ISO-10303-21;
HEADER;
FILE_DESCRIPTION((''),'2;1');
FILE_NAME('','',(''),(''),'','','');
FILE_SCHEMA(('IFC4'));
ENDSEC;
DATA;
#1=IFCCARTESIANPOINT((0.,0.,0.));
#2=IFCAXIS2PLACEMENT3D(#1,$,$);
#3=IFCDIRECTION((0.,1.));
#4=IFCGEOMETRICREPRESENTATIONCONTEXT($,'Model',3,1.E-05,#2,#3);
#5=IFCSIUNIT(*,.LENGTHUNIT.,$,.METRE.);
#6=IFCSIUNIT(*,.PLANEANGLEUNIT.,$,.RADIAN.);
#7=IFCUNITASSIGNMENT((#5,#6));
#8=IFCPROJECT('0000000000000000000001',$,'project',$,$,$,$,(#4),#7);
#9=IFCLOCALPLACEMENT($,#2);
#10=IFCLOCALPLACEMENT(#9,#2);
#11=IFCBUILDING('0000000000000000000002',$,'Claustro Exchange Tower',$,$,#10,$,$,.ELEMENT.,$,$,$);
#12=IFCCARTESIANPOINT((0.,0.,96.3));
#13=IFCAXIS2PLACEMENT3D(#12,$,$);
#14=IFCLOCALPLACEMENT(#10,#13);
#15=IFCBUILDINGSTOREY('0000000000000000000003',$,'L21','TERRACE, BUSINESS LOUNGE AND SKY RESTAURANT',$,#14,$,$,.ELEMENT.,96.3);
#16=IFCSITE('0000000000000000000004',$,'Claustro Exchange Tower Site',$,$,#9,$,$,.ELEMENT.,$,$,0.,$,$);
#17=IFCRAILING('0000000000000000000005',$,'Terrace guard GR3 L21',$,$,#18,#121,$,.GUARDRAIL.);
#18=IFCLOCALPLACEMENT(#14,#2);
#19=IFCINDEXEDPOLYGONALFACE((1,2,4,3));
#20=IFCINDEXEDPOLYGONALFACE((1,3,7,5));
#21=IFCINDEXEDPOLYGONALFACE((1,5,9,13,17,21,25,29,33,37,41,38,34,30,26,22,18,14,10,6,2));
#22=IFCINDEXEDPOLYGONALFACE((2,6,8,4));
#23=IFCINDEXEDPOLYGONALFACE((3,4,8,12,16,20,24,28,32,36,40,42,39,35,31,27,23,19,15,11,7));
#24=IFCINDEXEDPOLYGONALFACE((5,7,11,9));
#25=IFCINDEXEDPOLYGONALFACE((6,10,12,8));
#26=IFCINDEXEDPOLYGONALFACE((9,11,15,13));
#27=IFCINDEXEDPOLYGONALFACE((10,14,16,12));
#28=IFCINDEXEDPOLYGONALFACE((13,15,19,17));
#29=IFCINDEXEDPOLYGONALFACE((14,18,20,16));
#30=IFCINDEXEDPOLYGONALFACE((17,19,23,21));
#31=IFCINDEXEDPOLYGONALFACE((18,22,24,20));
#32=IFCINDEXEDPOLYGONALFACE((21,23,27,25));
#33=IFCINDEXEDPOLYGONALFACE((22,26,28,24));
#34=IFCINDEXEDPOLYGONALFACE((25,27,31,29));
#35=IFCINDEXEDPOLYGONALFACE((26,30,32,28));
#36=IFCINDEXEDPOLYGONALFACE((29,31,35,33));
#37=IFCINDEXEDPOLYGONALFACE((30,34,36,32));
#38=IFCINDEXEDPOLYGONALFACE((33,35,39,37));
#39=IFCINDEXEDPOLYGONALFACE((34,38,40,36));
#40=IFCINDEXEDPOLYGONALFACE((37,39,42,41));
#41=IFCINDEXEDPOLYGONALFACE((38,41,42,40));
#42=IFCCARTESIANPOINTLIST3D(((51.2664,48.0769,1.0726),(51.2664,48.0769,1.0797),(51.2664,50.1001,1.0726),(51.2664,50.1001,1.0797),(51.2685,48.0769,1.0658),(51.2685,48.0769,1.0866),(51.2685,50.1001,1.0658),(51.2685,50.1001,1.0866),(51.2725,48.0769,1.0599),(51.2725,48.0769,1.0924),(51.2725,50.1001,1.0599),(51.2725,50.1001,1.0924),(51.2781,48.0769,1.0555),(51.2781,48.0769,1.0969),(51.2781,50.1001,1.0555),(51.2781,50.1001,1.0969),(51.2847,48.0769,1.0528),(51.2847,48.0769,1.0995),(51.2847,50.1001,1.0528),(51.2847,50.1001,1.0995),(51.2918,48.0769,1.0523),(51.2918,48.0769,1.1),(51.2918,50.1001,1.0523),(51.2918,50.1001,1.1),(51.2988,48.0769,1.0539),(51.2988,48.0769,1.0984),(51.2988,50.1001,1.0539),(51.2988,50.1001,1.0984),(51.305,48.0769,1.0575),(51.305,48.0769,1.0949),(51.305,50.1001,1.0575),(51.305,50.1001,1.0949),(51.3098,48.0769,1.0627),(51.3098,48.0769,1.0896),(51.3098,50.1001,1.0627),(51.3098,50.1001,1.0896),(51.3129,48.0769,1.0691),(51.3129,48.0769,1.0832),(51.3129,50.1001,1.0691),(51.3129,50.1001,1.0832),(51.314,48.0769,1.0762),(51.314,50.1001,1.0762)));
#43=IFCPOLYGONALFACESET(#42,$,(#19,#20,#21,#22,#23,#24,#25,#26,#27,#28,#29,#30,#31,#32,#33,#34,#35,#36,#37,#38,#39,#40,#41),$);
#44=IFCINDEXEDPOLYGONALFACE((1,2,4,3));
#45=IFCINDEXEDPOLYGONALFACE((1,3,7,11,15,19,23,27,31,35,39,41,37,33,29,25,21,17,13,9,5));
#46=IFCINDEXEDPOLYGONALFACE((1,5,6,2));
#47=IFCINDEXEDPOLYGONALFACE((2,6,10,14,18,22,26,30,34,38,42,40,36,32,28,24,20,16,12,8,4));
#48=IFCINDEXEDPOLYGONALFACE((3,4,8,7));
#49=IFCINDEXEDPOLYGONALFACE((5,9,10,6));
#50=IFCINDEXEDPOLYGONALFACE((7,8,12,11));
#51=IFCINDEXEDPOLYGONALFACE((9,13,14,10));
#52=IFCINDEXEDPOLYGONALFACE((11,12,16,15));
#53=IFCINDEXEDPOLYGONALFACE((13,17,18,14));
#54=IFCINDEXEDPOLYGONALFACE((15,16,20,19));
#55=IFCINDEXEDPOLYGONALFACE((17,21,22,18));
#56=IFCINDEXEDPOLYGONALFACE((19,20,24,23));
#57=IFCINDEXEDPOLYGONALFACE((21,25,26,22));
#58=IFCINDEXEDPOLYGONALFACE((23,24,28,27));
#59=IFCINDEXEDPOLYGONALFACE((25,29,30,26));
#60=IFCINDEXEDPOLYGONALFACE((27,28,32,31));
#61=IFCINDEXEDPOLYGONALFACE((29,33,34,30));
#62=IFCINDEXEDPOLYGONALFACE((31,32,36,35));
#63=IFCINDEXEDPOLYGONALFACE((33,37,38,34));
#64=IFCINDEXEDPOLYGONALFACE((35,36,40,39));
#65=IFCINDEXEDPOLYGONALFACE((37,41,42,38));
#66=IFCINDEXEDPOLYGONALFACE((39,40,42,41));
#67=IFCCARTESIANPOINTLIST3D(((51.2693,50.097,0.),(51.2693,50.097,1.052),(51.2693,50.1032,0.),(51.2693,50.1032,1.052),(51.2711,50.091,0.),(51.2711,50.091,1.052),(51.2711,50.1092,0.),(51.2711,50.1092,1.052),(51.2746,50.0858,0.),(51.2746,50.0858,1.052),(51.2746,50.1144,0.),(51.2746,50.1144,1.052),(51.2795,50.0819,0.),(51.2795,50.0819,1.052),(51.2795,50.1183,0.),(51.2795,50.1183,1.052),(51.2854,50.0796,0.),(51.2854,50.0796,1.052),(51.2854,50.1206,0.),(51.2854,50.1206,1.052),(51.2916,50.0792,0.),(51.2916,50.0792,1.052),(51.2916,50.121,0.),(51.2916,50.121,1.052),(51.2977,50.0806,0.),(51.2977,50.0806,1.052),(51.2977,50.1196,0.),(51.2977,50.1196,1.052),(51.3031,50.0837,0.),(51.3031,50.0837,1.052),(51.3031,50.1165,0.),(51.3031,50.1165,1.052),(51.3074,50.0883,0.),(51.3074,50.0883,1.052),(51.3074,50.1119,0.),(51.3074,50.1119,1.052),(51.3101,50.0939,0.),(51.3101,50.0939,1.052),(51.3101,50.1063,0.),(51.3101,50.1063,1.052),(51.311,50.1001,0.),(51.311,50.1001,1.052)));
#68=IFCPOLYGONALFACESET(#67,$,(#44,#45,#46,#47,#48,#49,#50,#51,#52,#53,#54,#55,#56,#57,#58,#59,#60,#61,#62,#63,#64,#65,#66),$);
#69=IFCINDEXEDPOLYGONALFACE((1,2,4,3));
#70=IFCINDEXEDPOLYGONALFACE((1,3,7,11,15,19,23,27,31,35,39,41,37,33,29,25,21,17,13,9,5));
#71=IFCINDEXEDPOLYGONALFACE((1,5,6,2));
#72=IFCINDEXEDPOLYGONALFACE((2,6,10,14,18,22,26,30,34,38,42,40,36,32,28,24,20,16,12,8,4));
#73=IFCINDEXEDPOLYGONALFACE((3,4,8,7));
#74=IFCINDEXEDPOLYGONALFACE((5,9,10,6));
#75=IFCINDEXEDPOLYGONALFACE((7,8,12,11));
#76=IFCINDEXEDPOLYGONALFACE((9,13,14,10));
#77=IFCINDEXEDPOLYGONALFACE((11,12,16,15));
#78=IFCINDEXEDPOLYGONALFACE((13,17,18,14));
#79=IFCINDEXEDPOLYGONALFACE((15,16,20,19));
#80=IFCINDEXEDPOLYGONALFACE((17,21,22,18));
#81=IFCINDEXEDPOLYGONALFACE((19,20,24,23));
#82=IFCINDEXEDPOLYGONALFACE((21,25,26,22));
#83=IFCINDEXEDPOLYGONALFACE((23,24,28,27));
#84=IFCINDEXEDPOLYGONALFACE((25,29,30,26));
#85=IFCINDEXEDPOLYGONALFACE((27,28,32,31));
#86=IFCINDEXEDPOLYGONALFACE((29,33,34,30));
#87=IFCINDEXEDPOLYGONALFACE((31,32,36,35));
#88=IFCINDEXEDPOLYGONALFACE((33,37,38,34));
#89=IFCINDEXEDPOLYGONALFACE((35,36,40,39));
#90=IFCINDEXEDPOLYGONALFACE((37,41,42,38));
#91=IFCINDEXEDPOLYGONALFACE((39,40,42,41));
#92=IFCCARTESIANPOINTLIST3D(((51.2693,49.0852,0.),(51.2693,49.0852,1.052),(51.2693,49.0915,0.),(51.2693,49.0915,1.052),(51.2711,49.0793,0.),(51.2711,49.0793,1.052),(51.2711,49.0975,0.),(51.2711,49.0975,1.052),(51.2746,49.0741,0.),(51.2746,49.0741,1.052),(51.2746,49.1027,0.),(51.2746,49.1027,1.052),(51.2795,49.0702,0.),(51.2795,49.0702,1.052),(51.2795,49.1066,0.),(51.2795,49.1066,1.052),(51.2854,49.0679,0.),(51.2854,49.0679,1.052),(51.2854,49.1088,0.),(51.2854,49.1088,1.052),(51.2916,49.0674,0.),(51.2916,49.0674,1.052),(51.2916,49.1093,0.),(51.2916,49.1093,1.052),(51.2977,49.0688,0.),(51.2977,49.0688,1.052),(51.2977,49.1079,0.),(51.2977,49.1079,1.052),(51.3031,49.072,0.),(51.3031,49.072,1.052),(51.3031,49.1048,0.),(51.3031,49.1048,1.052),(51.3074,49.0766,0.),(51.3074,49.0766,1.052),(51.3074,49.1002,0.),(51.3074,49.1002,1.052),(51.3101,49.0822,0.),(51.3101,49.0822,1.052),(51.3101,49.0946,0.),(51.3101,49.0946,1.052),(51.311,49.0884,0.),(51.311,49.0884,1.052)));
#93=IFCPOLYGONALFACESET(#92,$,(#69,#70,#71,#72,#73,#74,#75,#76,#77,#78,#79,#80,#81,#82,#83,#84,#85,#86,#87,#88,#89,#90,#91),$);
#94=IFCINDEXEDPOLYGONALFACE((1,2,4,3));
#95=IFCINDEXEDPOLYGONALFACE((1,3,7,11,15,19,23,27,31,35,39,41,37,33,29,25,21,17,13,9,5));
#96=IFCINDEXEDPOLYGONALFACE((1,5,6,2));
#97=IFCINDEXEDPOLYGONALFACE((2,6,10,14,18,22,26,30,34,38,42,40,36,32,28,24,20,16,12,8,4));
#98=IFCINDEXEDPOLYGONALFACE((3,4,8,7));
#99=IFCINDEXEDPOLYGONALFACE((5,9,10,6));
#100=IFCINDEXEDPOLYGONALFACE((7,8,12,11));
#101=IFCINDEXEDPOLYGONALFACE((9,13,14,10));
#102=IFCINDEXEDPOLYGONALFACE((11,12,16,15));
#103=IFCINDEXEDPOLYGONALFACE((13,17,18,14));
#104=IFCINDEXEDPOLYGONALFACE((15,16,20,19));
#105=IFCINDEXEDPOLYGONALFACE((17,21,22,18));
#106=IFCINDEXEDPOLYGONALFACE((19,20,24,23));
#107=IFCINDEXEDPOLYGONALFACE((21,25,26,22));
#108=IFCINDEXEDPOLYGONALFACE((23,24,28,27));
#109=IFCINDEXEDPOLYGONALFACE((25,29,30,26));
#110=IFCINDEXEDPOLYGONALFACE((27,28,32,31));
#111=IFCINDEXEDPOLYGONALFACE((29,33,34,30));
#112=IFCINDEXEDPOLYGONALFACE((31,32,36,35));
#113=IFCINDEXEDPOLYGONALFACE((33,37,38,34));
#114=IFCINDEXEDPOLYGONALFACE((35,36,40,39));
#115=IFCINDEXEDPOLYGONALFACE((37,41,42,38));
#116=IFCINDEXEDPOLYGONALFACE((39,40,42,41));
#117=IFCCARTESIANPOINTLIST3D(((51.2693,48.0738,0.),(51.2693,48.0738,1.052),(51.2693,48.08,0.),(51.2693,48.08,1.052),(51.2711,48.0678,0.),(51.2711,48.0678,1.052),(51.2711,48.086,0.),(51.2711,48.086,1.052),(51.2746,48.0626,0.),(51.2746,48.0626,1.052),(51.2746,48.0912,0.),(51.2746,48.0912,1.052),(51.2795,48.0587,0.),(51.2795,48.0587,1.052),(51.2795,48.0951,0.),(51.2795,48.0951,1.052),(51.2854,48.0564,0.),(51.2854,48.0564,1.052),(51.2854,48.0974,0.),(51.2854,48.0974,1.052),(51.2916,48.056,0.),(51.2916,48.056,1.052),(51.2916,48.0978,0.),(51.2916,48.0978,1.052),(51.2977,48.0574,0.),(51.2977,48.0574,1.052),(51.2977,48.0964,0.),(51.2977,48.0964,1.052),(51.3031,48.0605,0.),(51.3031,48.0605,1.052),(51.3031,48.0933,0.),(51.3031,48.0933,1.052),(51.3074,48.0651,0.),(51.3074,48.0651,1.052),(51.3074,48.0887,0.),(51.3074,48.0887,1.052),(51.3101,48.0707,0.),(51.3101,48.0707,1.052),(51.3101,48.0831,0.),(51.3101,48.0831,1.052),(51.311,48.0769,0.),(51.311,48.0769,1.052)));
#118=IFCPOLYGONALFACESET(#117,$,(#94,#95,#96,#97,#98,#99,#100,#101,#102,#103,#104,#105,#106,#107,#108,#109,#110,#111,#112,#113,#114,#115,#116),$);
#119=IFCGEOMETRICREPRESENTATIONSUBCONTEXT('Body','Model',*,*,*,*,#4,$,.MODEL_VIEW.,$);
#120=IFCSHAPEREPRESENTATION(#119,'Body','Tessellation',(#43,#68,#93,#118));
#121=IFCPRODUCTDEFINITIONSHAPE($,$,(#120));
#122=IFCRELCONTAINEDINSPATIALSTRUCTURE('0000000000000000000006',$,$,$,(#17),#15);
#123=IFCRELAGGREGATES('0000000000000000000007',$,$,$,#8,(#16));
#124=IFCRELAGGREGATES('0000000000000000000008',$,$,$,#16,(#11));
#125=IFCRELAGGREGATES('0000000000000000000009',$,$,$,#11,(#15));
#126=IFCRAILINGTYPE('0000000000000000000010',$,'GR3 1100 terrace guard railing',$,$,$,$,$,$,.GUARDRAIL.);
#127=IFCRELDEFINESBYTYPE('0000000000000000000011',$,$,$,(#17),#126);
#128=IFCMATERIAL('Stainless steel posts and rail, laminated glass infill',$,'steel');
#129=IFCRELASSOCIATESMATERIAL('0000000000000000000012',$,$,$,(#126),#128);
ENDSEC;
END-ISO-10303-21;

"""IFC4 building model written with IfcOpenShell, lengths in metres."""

from ifc_helpers import new_model, si_unit, direction, frame, origin, origin_2d, place, context, subcontext, project, spatial, circle, extrude, material, type_object, element, save


model = new_model("IFC4")

# Units and contexts
model_context = context("Model", 3, precision=1e-05, world=origin(), true_north=direction((0.0, 1.0)))
body_context = subcontext(model_context, "Body", "Model", "MODEL_VIEW")
ifc_project = project(units=[si_unit("LENGTHUNIT", "METRE"), si_unit("PLANEANGLEUNIT", "RADIAN")], contexts=[model_context])

# Site, building, storey
site_placement = place(None, origin())
site = spatial("IfcSite", under=ifc_project, at=site_placement, Name="Claustro Exchange Tower Site", CompositionType="ELEMENT", RefElevation=0.0)
building_placement = place(site_placement, origin())
building = spatial("IfcBuilding", under=site, at=building_placement, Name="Claustro Exchange Tower", CompositionType="ELEMENT")
storey_placement = place(building_placement, frame((0.0, 0.0, 96.3)))
storey = spatial("IfcBuildingStorey", under=building, at=storey_placement, Name="L21", Description="TERRACE, BUSINESS LOUNGE AND SKY RESTAURANT", CompositionType="ELEMENT", Elevation=96.3)

# Railing
ifc_material_1 = material(Name="Stainless steel posts and rail, laminated glass infill", Category="steel")
railing_type = type_object("IfcRailingType", Name="GR3 1100 terrace guard railing", PredefinedType="GUARDRAIL", material=ifc_material_1)
railing_1_placement = place(storey_placement, frame((51.29, 50.1001, 0.0)))
element("IfcRailing", 1, at=railing_1_placement, inside=storey, type_object=railing_type, Name="Terrace guard GR3 L21", PredefinedType="GUARDRAIL", context=body_context, shape_type="SweptSolid", body=[
    extrude(circle(Radius=0.0239, at=origin_2d()), frame((0.0, 0.0, 1.0762), z_axis=(0.0, -1.0, 0.0), x_axis=(1.0, 0.0, 0.0)), (0.0, 0.0, 1.0), 2.0232),
    extrude(circle(Radius=0.021, at=origin_2d()), origin(), (0.0, 0.0, 1.0), 1.052),
    extrude(circle(Radius=0.021, at=origin_2d()), frame((0.0, -1.0117, 0.0)), (0.0, 0.0, 1.0), 1.052),
    extrude(circle(Radius=0.021, at=origin_2d()), frame((0.0, -2.0232, 0.0)), (0.0, 0.0, 1.0), 1.052),
])

save(model, "model.ifc")
